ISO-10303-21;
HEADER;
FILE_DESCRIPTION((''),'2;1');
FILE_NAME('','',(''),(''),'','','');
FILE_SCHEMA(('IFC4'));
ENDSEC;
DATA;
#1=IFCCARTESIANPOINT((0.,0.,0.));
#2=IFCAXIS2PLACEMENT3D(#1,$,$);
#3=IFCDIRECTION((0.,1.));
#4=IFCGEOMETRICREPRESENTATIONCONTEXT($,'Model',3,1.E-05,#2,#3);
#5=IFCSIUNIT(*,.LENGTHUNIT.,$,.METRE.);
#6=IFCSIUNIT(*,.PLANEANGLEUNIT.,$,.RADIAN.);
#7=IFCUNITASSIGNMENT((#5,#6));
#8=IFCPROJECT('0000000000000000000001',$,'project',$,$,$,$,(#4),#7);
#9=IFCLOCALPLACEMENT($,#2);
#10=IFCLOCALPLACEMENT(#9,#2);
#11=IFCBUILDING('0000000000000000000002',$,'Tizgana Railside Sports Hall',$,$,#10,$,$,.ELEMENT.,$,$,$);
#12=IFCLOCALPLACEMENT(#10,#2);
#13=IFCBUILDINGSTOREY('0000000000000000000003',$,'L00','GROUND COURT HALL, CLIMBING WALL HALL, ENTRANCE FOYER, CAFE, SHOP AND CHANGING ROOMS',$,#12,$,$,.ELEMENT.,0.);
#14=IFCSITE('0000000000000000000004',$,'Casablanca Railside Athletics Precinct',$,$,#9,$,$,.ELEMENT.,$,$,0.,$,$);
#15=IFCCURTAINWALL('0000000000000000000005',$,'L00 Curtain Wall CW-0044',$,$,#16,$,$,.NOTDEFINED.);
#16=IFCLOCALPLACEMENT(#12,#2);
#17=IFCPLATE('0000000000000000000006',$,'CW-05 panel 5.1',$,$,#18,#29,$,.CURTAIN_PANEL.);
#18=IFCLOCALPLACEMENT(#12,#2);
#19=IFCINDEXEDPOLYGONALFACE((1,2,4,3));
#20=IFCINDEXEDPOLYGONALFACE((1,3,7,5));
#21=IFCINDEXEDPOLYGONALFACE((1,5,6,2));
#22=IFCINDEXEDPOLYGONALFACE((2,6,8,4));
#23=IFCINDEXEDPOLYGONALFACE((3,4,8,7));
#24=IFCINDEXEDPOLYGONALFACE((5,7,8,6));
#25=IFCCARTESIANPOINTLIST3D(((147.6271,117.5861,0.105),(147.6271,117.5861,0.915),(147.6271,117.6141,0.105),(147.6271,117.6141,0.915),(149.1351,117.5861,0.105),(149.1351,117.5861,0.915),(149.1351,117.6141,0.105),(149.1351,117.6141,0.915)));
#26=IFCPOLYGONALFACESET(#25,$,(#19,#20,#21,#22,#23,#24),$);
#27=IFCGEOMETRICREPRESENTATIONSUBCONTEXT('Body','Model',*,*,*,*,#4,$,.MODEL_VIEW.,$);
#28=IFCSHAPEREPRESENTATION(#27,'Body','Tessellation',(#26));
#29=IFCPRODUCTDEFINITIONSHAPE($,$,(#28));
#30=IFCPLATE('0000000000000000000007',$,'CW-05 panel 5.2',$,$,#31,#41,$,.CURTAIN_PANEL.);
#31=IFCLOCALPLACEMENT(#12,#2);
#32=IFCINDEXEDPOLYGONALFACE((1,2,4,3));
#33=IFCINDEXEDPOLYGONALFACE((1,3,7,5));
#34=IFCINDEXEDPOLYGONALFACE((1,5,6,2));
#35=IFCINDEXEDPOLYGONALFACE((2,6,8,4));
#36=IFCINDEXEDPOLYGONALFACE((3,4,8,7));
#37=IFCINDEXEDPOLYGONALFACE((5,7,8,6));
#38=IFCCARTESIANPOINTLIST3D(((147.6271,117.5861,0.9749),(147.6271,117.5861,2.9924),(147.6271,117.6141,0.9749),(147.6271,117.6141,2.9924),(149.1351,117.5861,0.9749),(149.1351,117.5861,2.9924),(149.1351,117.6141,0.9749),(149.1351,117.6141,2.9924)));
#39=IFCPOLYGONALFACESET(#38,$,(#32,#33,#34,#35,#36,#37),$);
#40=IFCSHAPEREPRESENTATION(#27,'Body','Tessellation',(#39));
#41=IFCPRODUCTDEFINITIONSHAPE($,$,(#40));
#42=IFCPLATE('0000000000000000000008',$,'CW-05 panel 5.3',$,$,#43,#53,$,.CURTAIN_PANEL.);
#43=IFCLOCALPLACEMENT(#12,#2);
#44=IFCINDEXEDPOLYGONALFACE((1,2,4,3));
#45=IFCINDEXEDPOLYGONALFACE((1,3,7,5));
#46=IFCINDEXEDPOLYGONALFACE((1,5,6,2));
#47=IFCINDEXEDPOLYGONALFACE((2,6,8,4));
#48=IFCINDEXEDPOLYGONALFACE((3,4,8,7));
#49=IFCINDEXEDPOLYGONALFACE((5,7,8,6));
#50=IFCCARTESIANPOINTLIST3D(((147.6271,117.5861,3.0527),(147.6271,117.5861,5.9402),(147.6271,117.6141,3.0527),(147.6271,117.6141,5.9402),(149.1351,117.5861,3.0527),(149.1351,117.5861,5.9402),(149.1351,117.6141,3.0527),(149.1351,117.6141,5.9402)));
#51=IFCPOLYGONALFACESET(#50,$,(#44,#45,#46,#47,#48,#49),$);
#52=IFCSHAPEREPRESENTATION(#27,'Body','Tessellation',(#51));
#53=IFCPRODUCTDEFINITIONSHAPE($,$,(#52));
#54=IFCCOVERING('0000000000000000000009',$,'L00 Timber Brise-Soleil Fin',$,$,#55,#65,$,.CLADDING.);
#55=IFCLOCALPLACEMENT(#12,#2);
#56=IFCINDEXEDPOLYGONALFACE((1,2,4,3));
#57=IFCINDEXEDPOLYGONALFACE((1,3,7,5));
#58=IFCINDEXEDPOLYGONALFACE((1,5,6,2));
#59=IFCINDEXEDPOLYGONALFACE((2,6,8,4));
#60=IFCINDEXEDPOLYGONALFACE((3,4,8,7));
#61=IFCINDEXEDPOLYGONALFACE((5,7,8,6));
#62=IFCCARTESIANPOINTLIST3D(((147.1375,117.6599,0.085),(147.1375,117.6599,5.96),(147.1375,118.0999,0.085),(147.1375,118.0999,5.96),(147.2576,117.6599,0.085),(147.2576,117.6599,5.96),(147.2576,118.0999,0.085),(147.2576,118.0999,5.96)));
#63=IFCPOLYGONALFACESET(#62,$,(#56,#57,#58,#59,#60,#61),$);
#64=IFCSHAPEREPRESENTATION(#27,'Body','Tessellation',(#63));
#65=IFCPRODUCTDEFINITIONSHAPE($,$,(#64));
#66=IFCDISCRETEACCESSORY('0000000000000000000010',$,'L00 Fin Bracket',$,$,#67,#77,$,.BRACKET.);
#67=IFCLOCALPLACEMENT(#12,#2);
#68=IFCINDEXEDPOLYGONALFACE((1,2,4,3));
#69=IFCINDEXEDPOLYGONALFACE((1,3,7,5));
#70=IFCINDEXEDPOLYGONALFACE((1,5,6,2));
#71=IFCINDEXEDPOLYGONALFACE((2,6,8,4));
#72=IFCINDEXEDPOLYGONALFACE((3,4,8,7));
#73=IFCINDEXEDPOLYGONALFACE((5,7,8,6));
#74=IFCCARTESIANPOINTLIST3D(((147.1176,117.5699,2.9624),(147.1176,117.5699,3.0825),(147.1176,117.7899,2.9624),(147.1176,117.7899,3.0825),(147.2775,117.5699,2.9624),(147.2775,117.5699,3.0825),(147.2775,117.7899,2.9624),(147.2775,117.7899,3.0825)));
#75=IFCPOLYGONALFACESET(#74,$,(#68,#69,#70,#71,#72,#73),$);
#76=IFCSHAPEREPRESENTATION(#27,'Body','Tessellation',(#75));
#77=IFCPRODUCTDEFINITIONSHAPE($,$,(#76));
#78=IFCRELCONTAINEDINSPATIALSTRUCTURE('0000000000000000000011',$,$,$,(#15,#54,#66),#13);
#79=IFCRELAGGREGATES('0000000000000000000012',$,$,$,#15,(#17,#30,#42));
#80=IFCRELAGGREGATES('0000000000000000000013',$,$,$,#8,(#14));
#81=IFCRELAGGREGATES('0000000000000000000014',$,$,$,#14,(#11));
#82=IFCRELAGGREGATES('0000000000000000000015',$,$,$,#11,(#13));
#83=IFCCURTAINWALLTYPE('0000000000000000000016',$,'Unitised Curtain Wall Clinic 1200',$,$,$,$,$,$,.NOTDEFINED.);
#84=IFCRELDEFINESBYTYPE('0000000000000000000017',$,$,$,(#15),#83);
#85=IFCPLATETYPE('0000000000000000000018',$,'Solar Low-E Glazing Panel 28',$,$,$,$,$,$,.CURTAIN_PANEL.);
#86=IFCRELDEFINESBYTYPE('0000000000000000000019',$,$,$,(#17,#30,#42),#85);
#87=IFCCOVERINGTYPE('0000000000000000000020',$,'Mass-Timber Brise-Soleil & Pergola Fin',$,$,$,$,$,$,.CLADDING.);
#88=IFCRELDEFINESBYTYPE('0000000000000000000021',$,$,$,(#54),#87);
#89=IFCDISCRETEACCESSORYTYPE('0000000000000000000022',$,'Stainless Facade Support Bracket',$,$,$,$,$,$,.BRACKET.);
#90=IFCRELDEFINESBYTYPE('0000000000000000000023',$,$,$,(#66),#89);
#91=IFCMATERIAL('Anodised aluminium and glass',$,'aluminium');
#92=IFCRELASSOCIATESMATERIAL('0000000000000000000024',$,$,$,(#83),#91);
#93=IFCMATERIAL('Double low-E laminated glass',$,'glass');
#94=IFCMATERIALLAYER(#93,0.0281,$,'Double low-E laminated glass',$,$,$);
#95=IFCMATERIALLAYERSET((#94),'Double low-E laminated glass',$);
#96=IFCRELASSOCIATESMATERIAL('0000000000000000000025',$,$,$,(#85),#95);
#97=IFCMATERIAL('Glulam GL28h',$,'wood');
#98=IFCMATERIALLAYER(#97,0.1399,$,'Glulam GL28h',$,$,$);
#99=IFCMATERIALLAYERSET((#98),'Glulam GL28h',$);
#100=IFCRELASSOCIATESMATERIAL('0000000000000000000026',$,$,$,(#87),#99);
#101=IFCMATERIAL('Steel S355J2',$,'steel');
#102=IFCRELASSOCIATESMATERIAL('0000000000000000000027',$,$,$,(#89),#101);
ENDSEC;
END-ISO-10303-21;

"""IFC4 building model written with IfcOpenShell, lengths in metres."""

from ifc_helpers import new_model, si_unit, direction, frame, origin, origin_2d, place, context, subcontext, project, spatial, rectangle, extrude, material, layer, layer_set, type_object, element, aggregate, save


model = new_model("IFC4")

# Units and contexts
model_context = context("Model", 3, precision=1e-05, world=origin(), true_north=direction((0.0, 1.0)))
body_context = subcontext(model_context, "Body", "Model", "MODEL_VIEW")
ifc_project = project(units=[si_unit("LENGTHUNIT", "METRE"), si_unit("PLANEANGLEUNIT", "RADIAN")], contexts=[model_context])

# Site, building, storey
site_placement = place(None, origin())
site = spatial("IfcSite", under=ifc_project, at=site_placement, Name="Casablanca Railside Athletics Precinct", CompositionType="ELEMENT", RefElevation=0.0)
building_placement = place(site_placement, origin())
building = spatial("IfcBuilding", under=site, at=building_placement, Name="Tizgana Railside Sports Hall", CompositionType="ELEMENT")
storey_placement = place(building_placement, origin())
storey = spatial("IfcBuildingStorey", under=building, at=storey_placement, Name="L00", Description="GROUND COURT HALL, CLIMBING WALL HALL, ENTRANCE FOYER, CAFE, SHOP AND CHANGING ROOMS", CompositionType="ELEMENT", Elevation=0.0)

# Shared definitions
ifc_material_1 = material(Name="Steel S355J2", Category="steel")

# Curtain wall
ifc_material_2 = material(Name="Anodised aluminium and glass", Category="aluminium")
curtain_wall_type_1 = type_object("IfcCurtainWallType", Name="Unitised Curtain Wall Clinic 1200", PredefinedType="NOTDEFINED", material=ifc_material_2)
curtain_wall_1_placement = place(storey_placement, origin())
curtain_wall_1 = element("IfcCurtainWall", 1, at=curtain_wall_1_placement, inside=storey, type_object=curtain_wall_type_1, Name="L00 Curtain Wall CW-0044", PredefinedType="NOTDEFINED")

# Plates
ifc_material_3 = material(Name="Double low-E laminated glass", Category="glass")
ifc_layer_1 = layer(ifc_material_3, 0.0281, Name="Double low-E laminated glass")
ifc_layer_set_1 = layer_set([ifc_layer_1], Name="Double low-E laminated glass")
plate_type_1 = type_object("IfcPlateType", Name="Solar Low-E Glazing Panel 28", PredefinedType="CURTAIN_PANEL", material=ifc_layer_set_1)
plate_1_placement = place(storey_placement, frame((148.3811, 117.6001, 0.105), z_axis=(0.0, 0.0, 1.0), x_axis=(1.0, 0.0, 0.0)))
plate_1 = element("IfcPlate", 2, at=plate_1_placement, type_object=plate_type_1, Name="CW-05 panel 5.1", PredefinedType="CURTAIN_PANEL", context=body_context, shape_type="SweptSolid", body=[
    extrude(rectangle(XDim=1.5081, YDim=0.0281, at=origin_2d()), origin(), (0.0, 0.0, 1.0), 0.8101),
])
plate_2_placement = place(storey_placement, frame((148.3811, 117.6001, 0.9749), z_axis=(0.0, 0.0, 1.0), x_axis=(1.0, 0.0, 0.0)))
plate_2 = element("IfcPlate", 3, at=plate_2_placement, type_object=plate_type_1, Name="CW-05 panel 5.2", PredefinedType="CURTAIN_PANEL", context=body_context, shape_type="SweptSolid", body=[
    extrude(rectangle(XDim=1.5081, YDim=0.0281, at=origin_2d()), origin(), (0.0, 0.0, 1.0), 2.0176),
])
plate_3_placement = place(storey_placement, frame((148.3811, 117.6001, 3.0527), z_axis=(0.0, 0.0, 1.0), x_axis=(1.0, 0.0, 0.0)))
plate_3 = element("IfcPlate", 4, at=plate_3_placement, type_object=plate_type_1, Name="CW-05 panel 5.3", PredefinedType="CURTAIN_PANEL", context=body_context, shape_type="SweptSolid", body=[
    extrude(rectangle(XDim=1.5081, YDim=0.0281, at=origin_2d()), origin(), (0.0, 0.0, 1.0), 2.8875),
])
aggregate(curtain_wall_1, [plate_1, plate_2, plate_3])

# Covering
ifc_material_4 = material(Name="Glulam GL28h", Category="wood")
ifc_layer_2 = layer(ifc_material_4, 0.1399, Name="Glulam GL28h")
ifc_layer_set_2 = layer_set([ifc_layer_2], Name="Glulam GL28h")
covering_type = type_object("IfcCoveringType", Name="Mass-Timber Brise-Soleil & Pergola Fin", PredefinedType="CLADDING", material=ifc_layer_set_2)
covering_placement = place(storey_placement, frame((147.1975, 117.8799, 0.085), z_axis=(0.0, 0.0, 1.0), x_axis=(1.0, 0.0, 0.0)))
element("IfcCovering", 5, at=covering_placement, inside=storey, type_object=covering_type, Name="L00 Timber Brise-Soleil Fin", PredefinedType="CLADDING", context=body_context, shape_type="SweptSolid", body=[
    extrude(rectangle(XDim=0.1201, YDim=0.4399, at=origin_2d()), origin(), (0.0, 0.0, 1.0), 5.875),
])

# Discrete accessory
discrete_accessory_type = type_object("IfcDiscreteAccessoryType", Name="Stainless Facade Support Bracket", PredefinedType="BRACKET", material=ifc_material_1)
discrete_accessory_placement = place(storey_placement, frame((147.1975, 117.6799, 2.9624), z_axis=(0.0, 0.0, 1.0), x_axis=(1.0, 0.0, 0.0)))
element("IfcDiscreteAccessory", 6, at=discrete_accessory_placement, inside=storey, type_object=discrete_accessory_type, Name="L00 Fin Bracket", PredefinedType="BRACKET", context=body_context, shape_type="SweptSolid", body=[
    extrude(rectangle(XDim=0.1599, YDim=0.22, at=origin_2d()), origin(), (0.0, 0.0, 1.0), 0.1201),
])

save(model, "model.ifc")
